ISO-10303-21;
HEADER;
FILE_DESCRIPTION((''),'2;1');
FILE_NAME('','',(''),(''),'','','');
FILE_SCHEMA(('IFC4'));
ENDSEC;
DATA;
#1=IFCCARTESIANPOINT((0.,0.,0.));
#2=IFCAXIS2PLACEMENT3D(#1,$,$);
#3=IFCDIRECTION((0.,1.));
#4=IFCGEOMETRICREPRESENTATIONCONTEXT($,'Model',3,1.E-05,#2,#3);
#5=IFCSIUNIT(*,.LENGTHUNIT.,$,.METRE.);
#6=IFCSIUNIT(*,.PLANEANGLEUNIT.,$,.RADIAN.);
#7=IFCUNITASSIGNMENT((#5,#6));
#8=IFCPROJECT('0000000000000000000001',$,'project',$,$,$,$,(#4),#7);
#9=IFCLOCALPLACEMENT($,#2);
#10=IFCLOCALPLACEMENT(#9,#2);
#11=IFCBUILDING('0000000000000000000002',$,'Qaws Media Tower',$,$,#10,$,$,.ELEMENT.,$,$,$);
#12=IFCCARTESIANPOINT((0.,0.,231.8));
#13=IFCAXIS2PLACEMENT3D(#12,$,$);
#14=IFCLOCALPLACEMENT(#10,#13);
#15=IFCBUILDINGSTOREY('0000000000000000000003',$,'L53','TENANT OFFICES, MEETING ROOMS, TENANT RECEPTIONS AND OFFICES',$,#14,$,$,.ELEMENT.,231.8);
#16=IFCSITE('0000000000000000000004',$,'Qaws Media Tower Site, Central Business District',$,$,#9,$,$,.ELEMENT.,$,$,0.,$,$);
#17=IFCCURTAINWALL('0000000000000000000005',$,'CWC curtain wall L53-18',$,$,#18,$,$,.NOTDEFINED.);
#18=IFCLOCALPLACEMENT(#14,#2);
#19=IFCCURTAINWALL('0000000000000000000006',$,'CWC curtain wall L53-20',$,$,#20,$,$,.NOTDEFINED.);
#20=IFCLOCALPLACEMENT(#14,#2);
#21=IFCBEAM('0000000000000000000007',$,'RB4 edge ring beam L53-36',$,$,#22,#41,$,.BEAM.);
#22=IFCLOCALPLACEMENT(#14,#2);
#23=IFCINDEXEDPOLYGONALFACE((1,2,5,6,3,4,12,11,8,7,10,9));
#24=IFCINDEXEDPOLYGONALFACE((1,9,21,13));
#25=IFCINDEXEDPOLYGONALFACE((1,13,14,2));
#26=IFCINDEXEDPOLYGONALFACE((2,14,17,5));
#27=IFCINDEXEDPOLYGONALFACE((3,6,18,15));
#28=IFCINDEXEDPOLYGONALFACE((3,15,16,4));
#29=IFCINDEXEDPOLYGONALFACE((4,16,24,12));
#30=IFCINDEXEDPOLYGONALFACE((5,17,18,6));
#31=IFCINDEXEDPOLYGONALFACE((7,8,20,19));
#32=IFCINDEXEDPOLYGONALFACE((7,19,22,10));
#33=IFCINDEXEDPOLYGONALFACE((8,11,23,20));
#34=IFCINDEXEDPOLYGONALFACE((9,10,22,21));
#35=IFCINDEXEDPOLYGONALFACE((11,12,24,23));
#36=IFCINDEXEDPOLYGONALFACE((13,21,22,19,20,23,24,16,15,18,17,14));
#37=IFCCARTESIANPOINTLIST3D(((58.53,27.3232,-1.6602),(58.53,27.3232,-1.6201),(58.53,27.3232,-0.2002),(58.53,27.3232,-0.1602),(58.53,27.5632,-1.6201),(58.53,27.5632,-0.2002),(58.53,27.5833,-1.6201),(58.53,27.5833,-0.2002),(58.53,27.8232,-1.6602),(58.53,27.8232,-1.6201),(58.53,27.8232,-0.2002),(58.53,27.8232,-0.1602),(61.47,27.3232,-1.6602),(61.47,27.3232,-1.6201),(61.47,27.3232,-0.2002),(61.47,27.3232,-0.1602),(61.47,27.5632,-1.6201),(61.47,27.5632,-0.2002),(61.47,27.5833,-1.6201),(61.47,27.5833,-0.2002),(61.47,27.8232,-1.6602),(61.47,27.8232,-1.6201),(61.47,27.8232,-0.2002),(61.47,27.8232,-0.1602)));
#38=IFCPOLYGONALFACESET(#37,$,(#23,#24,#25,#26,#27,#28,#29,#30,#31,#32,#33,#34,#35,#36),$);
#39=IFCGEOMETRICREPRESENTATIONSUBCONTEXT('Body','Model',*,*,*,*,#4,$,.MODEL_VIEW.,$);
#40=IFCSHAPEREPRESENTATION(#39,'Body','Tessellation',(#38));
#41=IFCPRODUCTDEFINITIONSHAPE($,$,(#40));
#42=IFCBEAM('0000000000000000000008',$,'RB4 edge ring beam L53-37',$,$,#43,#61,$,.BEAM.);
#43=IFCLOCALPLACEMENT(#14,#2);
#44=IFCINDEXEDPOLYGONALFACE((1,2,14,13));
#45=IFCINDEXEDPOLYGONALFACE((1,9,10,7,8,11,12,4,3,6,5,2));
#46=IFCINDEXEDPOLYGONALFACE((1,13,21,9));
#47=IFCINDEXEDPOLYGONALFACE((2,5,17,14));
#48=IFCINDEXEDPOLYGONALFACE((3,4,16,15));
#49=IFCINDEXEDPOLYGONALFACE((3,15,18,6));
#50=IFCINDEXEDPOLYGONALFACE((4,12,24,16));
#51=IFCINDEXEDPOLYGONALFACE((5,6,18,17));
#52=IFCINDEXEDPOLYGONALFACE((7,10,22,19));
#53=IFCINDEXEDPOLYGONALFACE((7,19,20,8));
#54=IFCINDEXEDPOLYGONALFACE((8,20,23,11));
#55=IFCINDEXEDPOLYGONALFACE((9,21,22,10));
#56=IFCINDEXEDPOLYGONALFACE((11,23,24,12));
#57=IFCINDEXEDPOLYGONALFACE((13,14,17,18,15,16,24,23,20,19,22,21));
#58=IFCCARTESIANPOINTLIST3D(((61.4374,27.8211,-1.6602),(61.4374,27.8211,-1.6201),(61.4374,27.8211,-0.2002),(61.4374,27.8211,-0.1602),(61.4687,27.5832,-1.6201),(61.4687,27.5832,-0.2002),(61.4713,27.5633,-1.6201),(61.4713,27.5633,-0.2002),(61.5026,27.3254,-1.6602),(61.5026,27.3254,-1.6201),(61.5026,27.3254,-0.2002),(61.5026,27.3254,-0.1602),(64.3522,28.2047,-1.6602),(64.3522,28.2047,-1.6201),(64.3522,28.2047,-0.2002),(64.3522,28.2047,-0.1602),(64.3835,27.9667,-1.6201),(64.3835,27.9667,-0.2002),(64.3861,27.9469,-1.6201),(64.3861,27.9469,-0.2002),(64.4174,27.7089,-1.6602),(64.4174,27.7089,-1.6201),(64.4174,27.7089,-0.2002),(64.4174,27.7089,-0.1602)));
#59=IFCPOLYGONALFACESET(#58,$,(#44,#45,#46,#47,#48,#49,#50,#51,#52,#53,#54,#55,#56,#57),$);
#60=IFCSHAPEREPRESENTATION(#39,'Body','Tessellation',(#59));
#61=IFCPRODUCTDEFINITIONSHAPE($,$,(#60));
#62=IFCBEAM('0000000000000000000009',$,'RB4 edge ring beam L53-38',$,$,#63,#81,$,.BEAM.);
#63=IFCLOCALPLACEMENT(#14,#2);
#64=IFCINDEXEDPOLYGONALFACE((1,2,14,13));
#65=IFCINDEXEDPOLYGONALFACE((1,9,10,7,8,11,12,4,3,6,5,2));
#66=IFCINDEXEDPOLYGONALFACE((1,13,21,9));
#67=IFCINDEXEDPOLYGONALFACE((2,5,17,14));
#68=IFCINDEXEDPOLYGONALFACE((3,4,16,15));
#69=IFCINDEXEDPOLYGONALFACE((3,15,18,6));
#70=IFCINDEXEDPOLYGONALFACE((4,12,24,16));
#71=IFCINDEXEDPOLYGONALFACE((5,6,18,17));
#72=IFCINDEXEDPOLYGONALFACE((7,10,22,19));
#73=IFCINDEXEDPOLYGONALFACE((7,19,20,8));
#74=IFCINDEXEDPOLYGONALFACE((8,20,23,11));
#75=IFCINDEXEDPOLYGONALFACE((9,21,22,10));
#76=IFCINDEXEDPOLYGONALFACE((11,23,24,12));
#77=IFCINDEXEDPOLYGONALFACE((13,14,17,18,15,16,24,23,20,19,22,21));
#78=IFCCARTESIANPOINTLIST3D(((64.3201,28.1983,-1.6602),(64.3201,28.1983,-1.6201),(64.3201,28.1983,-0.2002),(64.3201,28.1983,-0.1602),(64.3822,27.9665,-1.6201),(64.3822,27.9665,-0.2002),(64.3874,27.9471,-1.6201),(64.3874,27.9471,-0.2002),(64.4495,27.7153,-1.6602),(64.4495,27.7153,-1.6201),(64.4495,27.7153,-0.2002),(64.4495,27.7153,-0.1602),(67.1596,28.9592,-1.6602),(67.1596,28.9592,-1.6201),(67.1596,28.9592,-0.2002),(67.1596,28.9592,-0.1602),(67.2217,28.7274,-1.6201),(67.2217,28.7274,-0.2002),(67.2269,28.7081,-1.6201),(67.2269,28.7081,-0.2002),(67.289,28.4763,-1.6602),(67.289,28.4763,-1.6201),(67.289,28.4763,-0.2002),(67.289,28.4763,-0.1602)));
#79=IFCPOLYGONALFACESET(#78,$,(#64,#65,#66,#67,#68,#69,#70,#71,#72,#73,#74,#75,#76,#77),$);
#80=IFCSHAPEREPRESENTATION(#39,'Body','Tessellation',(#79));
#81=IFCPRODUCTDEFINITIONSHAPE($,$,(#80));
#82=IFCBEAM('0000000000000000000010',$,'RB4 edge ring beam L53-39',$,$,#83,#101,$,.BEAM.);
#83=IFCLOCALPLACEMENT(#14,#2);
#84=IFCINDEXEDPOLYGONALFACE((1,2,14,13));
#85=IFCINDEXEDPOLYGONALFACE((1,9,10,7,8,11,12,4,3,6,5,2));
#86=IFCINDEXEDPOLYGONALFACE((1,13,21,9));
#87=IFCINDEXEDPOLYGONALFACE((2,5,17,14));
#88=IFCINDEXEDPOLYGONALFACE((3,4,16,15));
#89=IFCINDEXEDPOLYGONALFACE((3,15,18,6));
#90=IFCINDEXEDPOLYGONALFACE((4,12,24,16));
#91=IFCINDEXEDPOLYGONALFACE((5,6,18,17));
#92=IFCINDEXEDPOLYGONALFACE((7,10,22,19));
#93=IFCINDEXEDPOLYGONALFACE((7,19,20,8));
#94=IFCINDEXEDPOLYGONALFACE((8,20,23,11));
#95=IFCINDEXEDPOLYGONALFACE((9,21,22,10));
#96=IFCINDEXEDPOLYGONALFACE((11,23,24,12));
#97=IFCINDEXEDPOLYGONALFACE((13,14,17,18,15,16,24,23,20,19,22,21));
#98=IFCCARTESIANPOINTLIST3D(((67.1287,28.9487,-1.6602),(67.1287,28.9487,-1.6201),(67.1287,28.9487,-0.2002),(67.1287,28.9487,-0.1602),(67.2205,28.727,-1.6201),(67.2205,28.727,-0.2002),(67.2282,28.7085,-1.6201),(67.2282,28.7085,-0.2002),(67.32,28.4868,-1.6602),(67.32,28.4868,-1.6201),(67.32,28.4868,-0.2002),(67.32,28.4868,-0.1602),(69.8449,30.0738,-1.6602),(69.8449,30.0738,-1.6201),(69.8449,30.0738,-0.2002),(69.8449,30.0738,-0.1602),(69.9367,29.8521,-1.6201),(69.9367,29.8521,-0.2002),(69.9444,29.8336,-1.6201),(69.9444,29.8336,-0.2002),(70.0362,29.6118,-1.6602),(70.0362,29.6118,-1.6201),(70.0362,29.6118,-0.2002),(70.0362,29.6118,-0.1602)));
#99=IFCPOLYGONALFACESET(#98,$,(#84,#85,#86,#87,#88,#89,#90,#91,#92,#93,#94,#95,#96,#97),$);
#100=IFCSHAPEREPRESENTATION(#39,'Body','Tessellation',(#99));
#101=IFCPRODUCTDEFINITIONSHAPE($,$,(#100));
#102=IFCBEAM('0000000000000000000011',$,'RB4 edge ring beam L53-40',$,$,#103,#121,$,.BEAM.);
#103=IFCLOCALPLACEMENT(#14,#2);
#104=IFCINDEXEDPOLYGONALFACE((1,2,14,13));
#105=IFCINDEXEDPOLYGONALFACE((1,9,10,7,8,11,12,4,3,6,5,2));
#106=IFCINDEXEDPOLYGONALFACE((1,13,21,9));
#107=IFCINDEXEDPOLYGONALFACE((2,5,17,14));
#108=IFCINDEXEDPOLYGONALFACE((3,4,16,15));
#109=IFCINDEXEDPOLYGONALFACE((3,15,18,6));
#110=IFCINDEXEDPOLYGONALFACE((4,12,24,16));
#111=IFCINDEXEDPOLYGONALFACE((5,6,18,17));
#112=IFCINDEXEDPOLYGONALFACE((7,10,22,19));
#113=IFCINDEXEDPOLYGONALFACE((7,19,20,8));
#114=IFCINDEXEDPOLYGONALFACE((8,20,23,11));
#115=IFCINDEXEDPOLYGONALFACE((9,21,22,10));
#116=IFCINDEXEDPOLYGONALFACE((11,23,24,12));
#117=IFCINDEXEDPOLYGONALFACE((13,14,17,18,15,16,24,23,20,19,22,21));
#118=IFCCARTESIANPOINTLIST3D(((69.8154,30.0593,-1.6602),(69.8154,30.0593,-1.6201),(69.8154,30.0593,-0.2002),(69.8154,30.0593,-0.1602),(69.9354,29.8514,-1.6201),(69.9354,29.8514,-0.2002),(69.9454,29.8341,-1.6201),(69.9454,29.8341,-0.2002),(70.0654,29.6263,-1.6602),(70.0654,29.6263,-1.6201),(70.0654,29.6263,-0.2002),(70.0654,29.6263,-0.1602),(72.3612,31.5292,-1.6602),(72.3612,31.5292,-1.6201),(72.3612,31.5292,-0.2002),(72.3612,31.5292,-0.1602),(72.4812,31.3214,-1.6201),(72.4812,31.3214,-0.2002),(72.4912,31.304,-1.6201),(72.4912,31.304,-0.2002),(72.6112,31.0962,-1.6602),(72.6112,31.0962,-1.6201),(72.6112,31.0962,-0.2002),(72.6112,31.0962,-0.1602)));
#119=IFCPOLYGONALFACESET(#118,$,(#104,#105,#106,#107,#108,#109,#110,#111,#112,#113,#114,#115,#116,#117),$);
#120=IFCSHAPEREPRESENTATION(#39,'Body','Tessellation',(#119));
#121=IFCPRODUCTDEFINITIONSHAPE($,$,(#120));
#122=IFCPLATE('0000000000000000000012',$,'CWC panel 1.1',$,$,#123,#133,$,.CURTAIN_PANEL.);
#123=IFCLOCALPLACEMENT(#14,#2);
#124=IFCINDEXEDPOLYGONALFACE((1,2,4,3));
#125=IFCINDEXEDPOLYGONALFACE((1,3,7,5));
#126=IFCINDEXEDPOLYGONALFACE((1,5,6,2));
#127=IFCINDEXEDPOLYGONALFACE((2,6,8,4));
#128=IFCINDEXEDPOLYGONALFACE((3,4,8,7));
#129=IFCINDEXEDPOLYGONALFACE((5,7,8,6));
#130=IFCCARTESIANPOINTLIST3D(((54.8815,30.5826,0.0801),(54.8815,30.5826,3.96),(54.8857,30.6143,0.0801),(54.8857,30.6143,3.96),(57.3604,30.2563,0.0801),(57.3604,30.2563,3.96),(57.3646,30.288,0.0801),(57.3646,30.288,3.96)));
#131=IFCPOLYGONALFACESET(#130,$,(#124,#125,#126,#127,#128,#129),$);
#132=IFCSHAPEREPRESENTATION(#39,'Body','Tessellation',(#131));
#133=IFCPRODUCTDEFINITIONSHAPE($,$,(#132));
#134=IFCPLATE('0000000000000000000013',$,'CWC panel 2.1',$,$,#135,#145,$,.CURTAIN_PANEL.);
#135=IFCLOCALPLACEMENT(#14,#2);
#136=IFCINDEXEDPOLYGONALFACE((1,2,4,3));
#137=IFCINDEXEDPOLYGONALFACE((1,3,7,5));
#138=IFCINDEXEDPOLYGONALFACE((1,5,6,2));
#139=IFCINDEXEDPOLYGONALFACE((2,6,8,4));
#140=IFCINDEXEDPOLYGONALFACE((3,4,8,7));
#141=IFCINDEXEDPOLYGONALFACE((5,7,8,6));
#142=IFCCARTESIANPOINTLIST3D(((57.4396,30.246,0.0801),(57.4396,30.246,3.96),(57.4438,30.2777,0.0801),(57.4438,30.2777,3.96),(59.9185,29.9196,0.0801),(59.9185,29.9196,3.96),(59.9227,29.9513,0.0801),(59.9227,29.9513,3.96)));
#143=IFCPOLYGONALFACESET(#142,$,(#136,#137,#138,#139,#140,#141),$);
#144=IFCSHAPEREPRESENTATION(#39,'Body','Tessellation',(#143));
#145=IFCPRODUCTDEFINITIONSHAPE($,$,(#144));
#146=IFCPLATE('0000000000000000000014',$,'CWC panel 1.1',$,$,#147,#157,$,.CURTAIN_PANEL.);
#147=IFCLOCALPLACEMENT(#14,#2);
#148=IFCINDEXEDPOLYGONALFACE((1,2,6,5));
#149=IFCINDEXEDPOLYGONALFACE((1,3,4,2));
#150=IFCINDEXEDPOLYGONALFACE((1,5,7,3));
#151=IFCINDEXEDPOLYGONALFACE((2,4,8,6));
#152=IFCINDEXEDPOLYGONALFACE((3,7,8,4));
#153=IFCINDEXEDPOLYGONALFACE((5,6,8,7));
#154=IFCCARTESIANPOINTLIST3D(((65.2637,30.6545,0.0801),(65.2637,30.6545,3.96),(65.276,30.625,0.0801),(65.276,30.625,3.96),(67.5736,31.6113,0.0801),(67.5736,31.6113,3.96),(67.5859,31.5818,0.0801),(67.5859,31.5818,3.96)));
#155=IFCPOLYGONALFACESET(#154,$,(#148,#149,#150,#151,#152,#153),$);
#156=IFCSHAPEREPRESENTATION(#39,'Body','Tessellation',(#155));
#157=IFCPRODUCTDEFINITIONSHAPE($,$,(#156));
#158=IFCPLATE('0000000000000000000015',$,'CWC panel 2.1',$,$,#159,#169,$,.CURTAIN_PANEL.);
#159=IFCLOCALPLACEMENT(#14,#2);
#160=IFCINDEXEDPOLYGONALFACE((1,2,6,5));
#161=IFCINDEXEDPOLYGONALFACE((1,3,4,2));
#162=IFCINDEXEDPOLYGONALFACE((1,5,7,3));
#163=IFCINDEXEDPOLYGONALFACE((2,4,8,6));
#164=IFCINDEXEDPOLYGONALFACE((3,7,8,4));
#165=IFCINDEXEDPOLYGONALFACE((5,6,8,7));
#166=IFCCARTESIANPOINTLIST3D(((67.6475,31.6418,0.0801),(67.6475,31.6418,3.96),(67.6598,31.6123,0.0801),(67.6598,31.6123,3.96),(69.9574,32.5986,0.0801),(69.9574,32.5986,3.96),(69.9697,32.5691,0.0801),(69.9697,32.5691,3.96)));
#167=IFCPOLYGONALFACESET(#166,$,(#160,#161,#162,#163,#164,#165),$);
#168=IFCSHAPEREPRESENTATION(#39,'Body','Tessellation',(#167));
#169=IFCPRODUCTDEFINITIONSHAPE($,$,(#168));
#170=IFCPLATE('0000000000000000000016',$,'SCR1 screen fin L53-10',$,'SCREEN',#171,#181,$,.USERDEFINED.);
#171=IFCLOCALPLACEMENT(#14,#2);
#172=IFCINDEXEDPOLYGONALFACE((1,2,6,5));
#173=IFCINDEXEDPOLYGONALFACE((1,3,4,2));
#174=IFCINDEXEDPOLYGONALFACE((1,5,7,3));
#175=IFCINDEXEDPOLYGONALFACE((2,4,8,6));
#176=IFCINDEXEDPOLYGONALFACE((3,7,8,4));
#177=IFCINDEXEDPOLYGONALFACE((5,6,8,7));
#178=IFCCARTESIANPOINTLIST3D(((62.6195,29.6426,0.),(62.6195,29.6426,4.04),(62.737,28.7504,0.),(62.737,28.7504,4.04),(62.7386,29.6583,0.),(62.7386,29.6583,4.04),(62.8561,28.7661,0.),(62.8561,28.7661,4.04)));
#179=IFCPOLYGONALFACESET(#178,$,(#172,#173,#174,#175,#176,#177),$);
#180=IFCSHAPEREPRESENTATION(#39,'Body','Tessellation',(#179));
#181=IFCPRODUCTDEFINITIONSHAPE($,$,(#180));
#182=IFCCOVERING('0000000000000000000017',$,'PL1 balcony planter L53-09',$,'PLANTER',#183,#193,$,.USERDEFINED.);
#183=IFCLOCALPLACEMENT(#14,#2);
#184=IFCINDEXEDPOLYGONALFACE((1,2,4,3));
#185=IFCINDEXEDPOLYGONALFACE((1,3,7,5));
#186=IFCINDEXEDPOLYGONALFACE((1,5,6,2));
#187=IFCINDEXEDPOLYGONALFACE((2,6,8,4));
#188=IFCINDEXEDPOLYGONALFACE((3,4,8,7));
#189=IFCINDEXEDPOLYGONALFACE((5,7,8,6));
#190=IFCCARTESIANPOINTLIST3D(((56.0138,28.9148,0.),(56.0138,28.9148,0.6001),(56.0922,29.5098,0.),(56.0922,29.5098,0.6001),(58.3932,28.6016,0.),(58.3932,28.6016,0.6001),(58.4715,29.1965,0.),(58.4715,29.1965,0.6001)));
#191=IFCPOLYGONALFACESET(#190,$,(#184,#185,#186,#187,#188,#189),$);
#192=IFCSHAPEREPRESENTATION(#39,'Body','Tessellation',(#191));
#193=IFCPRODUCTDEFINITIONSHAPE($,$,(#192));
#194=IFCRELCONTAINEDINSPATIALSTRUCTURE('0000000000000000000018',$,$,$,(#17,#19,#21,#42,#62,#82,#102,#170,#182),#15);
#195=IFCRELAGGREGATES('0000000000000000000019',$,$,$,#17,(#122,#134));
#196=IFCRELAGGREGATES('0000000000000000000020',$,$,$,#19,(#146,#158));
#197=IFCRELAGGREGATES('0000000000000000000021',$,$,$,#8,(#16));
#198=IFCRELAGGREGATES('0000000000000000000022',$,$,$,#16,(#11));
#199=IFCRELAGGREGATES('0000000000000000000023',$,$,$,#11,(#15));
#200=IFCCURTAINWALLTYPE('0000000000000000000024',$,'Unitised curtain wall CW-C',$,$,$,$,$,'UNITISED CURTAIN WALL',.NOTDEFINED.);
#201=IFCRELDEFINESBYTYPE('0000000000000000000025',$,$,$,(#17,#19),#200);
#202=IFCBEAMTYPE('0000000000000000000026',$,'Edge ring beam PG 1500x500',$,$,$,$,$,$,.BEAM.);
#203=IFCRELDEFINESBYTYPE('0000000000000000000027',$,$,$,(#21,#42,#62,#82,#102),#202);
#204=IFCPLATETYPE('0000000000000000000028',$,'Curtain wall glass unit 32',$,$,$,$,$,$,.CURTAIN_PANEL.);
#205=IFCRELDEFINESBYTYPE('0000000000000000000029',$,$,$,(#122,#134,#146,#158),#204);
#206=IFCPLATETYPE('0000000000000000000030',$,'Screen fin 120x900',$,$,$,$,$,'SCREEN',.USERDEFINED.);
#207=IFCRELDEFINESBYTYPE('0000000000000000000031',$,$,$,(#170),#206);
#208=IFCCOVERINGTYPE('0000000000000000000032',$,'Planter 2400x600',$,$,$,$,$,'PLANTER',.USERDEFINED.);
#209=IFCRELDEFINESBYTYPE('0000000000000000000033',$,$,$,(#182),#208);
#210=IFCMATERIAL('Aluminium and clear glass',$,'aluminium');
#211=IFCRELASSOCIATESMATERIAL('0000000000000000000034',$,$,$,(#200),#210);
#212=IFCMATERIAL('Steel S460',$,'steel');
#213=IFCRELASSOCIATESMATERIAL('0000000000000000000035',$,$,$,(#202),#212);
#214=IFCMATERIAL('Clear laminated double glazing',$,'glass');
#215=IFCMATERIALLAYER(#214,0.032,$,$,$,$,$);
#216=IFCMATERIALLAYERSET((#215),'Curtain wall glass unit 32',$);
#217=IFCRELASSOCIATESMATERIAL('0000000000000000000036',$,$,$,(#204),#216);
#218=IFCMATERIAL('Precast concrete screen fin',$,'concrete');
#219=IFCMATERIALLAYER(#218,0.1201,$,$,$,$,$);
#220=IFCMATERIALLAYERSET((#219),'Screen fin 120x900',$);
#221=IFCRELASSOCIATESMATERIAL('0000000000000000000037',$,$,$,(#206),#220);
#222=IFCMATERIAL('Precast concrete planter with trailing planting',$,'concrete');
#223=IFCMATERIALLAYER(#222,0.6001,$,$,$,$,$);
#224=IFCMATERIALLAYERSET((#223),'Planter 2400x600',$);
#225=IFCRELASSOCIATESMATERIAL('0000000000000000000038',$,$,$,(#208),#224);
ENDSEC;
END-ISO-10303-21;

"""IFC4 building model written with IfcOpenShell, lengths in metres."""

from ifc_helpers import new_model, si_unit, direction, frame, origin, origin_2d, place, context, subcontext, project, spatial, rectangle, i_section, extrude, material, layer, layer_set, material_profile, profile_set, type_object, element, aggregate, save


model = new_model("IFC4")

# Units and contexts
model_context = context("Model", 3, precision=1e-05, world=origin(), true_north=direction((0.0, 1.0)))
body_context = subcontext(model_context, "Body", "Model", "MODEL_VIEW")
ifc_project = project(units=[si_unit("LENGTHUNIT", "METRE"), si_unit("PLANEANGLEUNIT", "RADIAN")], contexts=[model_context])

# Site, building, storey
site_placement = place(None, origin())
site = spatial("IfcSite", under=ifc_project, at=site_placement, Name="Qaws Media Tower Site, Central Business District", CompositionType="ELEMENT", RefElevation=0.0)
building_placement = place(site_placement, origin())
building = spatial("IfcBuilding", under=site, at=building_placement, Name="Qaws Media Tower", CompositionType="ELEMENT")
storey_placement = place(building_placement, frame((0.0, 0.0, 231.8)))
storey = spatial("IfcBuildingStorey", under=building, at=storey_placement, Name="L53", Description="TENANT OFFICES, MEETING ROOMS, TENANT RECEPTIONS AND OFFICES", CompositionType="ELEMENT", Elevation=231.8)

# Curtain walls
ifc_material_1 = material(Name="Aluminium and clear glass", Category="aluminium")
curtain_wall_type = type_object("IfcCurtainWallType", Name="Unitised curtain wall CW-C", ElementType="UNITISED CURTAIN WALL", PredefinedType="NOTDEFINED", material=ifc_material_1)
curtain_wall_1_placement = place(storey_placement, origin())
curtain_wall_1 = element("IfcCurtainWall", 1, at=curtain_wall_1_placement, inside=storey, type_object=curtain_wall_type, Name="CWC curtain wall L53-18", PredefinedType="NOTDEFINED")
curtain_wall_2_placement = place(storey_placement, origin())
curtain_wall_2 = element("IfcCurtainWall", 2, at=curtain_wall_2_placement, inside=storey, type_object=curtain_wall_type, Name="CWC curtain wall L53-20", PredefinedType="NOTDEFINED")

# Beams
ifc_material_2 = material(Name="Steel S460", Category="steel")
ifc_material_profile_1 = material_profile(ifc_material_2, i_section(OverallWidth=0.5, OverallDepth=1.5, WebThickness=0.02, FlangeThickness=0.04, at=origin_2d()), Name="PG 1500x500")
ifc_profile_set_1 = profile_set([ifc_material_profile_1], Name="Steel S460")
beam_type = type_object("IfcBeamType", Name="Edge ring beam PG 1500x500", PredefinedType="BEAM", material=ifc_profile_set_1)
for number, where, z_axis, x_axis, name in (
    (3, (58.53, 27.5732, -0.9102), (1.0, 0.0, 0.0), (0.0, 1.0, 0.0), "RB4 edge ring beam L53-36"),
    (4, (61.47, 27.5732, -0.9102), (0.991453, 0.130461, 0.0), (-0.130461, 0.991453, 0.0), "RB4 edge ring beam L53-37"),
):
    element("IfcBeam", number, at=place(storey_placement, frame(where, z_axis=z_axis, x_axis=x_axis)), inside=storey, type_object=beam_type, Name=name, PredefinedType="BEAM", context=body_context, shape_type="SweptSolid", body=[
        extrude(i_section(OverallWidth=0.5, OverallDepth=1.5, WebThickness=0.02, FlangeThickness=0.04, at=origin_2d()), origin(), (0.0, 0.0, 1.0), 2.9399),
    ])
beam_1_placement = place(storey_placement, frame((64.3848, 27.9568, -0.9102), z_axis=(0.965916, 0.258856, 0.0), x_axis=(-0.258856, 0.965916, 0.0)))
element("IfcBeam", 5, at=beam_1_placement, inside=storey, type_object=beam_type, Name="RB4 edge ring beam L53-38", PredefinedType="BEAM", context=body_context, shape_type="SweptSolid", body=[
    extrude(i_section(OverallWidth=0.5, OverallDepth=1.5, WebThickness=0.02, FlangeThickness=0.04, at=origin_2d()), origin(), (0.0, 0.0, 1.0), 2.9397),
])
beam_2_placement = place(storey_placement, frame((67.2244, 28.7178, -0.9102), z_axis=(0.923883, 0.382675, 0.0), x_axis=(-0.382675, 0.923883, 0.0)))
element("IfcBeam", 6, at=beam_2_placement, inside=storey, type_object=beam_type, Name="RB4 edge ring beam L53-39", PredefinedType="BEAM", context=body_context, shape_type="SweptSolid", body=[
    extrude(i_section(OverallWidth=0.5, OverallDepth=1.5, WebThickness=0.02, FlangeThickness=0.04, at=origin_2d()), origin(), (0.0, 0.0, 1.0), 2.9399),
])
beam_3_placement = place(storey_placement, frame((69.9404, 29.8428, -0.9102), z_axis=(0.866011, 0.500024, 0.0), x_axis=(-0.500024, 0.866011, 0.0)))
element("IfcBeam", 7, at=beam_3_placement, inside=storey, type_object=beam_type, Name="RB4 edge ring beam L53-40", PredefinedType="BEAM", context=body_context, shape_type="SweptSolid", body=[
    extrude(i_section(OverallWidth=0.5, OverallDepth=1.5, WebThickness=0.02, FlangeThickness=0.04, at=origin_2d()), origin(), (0.0, 0.0, 1.0), 2.9397),
])

# Plates
ifc_material_3 = material(Name="Clear laminated double glazing", Category="glass")
ifc_layer_1 = layer(ifc_material_3, 0.032)
ifc_layer_set_1 = layer_set([ifc_layer_1], Name="Curtain wall glass unit 32")
plate_type_1 = type_object("IfcPlateType", Name="Curtain wall glass unit 32", PredefinedType="CURTAIN_PANEL", material=ifc_layer_set_1)
plate_1_placement = place(storey_placement, frame((56.123, 30.4353, 0.0801), z_axis=(0.0, 0.0, 1.0), x_axis=(0.991445, -0.130526, 0.0)))
plate_1 = element("IfcPlate", 8, at=plate_1_placement, type_object=plate_type_1, Name="CWC panel 1.1", PredefinedType="CURTAIN_PANEL", context=body_context, shape_type="SweptSolid", body=[
    extrude(rectangle(XDim=2.5002, YDim=0.032, at=origin_2d()), origin(), (0.0, 0.0, 1.0), 3.8799),
])
plate_2_placement = place(storey_placement, frame((58.6812, 30.0986, 0.0801), z_axis=(0.0, 0.0, 1.0), x_axis=(0.991445, -0.130526, 0.0)))
plate_2 = element("IfcPlate", 9, at=plate_2_placement, type_object=plate_type_1, Name="CWC panel 2.1", PredefinedType="CURTAIN_PANEL", context=body_context, shape_type="SweptSolid", body=[
    extrude(rectangle(XDim=2.5002, YDim=0.032, at=origin_2d()), origin(), (0.0, 0.0, 1.0), 3.8799),
])
aggregate(curtain_wall_1, [plate_1, plate_2])
plate_3_placement = place(storey_placement, frame((66.4248, 31.1182, 0.0801), z_axis=(0.0, 0.0, 1.0), x_axis=(0.92388, 0.382683, 0.0)))
plate_3 = element("IfcPlate", 10, at=plate_3_placement, type_object=plate_type_1, Name="CWC panel 1.1", PredefinedType="CURTAIN_PANEL", context=body_context, shape_type="SweptSolid", body=[
    extrude(rectangle(XDim=2.5002, YDim=0.032, at=origin_2d()), origin(), (0.0, 0.0, 1.0), 3.8799),
])
plate_4_placement = place(storey_placement, frame((68.8086, 32.1055, 0.0801), z_axis=(0.0, 0.0, 1.0), x_axis=(0.92388, 0.382683, 0.0)))
plate_4 = element("IfcPlate", 11, at=plate_4_placement, type_object=plate_type_1, Name="CWC panel 2.1", PredefinedType="CURTAIN_PANEL", context=body_context, shape_type="SweptSolid", body=[
    extrude(rectangle(XDim=2.5002, YDim=0.032, at=origin_2d()), origin(), (0.0, 0.0, 1.0), 3.8799),
])
aggregate(curtain_wall_2, [plate_3, plate_4])
ifc_material_4 = material(Name="Precast concrete screen fin", Category="concrete")
ifc_layer_2 = layer(ifc_material_4, 0.1201)
ifc_layer_set_2 = layer_set([ifc_layer_2], Name="Screen fin 120x900")
plate_type_2 = type_object("IfcPlateType", Name="Screen fin 120x900", ElementType="SCREEN", PredefinedType="USERDEFINED", material=ifc_layer_set_2)
plate_5_placement = place(storey_placement, frame((62.7378, 29.2043, 0.0), z_axis=(0.0, 0.0, 1.0), x_axis=(0.130526, -0.991445, 0.0)))
element("IfcPlate", 12, at=plate_5_placement, inside=storey, type_object=plate_type_2, Name="SCR1 screen fin L53-10", ObjectType="SCREEN", PredefinedType="USERDEFINED", context=body_context, shape_type="SweptSolid", body=[
    extrude(rectangle(XDim=0.8999, YDim=0.1201, at=origin_2d()), origin(), (0.0, 0.0, 1.0), 4.04),
])

# Covering
ifc_material_5 = material(Name="Precast concrete planter with trailing planting", Category="concrete")
ifc_layer_3 = layer(ifc_material_5, 0.6001)
ifc_layer_set_3 = layer_set([ifc_layer_3], Name="Planter 2400x600")
covering_type = type_object("IfcCoveringType", Name="Planter 2400x600", ElementType="PLANTER", PredefinedType="USERDEFINED", material=ifc_layer_set_3)
for number, where, z_axis, x_axis, name in (
    (13, (57.2427, 29.0557, 0.0), (0.0, 0.0, 1.0), (0.991445, -0.130526, 0.0), "PL1 balcony planter L53-09"),
):
    element("IfcCovering", number, at=place(storey_placement, frame(where, z_axis=z_axis, x_axis=x_axis)), inside=storey, type_object=covering_type, Name=name, ObjectType="PLANTER", PredefinedType="USERDEFINED", context=body_context, shape_type="SweptSolid", body=[
        extrude(rectangle(XDim=2.3999, YDim=0.6001, at=origin_2d()), origin(), (0.0, 0.0, 1.0), 0.6001),
    ])

save(model, "model.ifc")
